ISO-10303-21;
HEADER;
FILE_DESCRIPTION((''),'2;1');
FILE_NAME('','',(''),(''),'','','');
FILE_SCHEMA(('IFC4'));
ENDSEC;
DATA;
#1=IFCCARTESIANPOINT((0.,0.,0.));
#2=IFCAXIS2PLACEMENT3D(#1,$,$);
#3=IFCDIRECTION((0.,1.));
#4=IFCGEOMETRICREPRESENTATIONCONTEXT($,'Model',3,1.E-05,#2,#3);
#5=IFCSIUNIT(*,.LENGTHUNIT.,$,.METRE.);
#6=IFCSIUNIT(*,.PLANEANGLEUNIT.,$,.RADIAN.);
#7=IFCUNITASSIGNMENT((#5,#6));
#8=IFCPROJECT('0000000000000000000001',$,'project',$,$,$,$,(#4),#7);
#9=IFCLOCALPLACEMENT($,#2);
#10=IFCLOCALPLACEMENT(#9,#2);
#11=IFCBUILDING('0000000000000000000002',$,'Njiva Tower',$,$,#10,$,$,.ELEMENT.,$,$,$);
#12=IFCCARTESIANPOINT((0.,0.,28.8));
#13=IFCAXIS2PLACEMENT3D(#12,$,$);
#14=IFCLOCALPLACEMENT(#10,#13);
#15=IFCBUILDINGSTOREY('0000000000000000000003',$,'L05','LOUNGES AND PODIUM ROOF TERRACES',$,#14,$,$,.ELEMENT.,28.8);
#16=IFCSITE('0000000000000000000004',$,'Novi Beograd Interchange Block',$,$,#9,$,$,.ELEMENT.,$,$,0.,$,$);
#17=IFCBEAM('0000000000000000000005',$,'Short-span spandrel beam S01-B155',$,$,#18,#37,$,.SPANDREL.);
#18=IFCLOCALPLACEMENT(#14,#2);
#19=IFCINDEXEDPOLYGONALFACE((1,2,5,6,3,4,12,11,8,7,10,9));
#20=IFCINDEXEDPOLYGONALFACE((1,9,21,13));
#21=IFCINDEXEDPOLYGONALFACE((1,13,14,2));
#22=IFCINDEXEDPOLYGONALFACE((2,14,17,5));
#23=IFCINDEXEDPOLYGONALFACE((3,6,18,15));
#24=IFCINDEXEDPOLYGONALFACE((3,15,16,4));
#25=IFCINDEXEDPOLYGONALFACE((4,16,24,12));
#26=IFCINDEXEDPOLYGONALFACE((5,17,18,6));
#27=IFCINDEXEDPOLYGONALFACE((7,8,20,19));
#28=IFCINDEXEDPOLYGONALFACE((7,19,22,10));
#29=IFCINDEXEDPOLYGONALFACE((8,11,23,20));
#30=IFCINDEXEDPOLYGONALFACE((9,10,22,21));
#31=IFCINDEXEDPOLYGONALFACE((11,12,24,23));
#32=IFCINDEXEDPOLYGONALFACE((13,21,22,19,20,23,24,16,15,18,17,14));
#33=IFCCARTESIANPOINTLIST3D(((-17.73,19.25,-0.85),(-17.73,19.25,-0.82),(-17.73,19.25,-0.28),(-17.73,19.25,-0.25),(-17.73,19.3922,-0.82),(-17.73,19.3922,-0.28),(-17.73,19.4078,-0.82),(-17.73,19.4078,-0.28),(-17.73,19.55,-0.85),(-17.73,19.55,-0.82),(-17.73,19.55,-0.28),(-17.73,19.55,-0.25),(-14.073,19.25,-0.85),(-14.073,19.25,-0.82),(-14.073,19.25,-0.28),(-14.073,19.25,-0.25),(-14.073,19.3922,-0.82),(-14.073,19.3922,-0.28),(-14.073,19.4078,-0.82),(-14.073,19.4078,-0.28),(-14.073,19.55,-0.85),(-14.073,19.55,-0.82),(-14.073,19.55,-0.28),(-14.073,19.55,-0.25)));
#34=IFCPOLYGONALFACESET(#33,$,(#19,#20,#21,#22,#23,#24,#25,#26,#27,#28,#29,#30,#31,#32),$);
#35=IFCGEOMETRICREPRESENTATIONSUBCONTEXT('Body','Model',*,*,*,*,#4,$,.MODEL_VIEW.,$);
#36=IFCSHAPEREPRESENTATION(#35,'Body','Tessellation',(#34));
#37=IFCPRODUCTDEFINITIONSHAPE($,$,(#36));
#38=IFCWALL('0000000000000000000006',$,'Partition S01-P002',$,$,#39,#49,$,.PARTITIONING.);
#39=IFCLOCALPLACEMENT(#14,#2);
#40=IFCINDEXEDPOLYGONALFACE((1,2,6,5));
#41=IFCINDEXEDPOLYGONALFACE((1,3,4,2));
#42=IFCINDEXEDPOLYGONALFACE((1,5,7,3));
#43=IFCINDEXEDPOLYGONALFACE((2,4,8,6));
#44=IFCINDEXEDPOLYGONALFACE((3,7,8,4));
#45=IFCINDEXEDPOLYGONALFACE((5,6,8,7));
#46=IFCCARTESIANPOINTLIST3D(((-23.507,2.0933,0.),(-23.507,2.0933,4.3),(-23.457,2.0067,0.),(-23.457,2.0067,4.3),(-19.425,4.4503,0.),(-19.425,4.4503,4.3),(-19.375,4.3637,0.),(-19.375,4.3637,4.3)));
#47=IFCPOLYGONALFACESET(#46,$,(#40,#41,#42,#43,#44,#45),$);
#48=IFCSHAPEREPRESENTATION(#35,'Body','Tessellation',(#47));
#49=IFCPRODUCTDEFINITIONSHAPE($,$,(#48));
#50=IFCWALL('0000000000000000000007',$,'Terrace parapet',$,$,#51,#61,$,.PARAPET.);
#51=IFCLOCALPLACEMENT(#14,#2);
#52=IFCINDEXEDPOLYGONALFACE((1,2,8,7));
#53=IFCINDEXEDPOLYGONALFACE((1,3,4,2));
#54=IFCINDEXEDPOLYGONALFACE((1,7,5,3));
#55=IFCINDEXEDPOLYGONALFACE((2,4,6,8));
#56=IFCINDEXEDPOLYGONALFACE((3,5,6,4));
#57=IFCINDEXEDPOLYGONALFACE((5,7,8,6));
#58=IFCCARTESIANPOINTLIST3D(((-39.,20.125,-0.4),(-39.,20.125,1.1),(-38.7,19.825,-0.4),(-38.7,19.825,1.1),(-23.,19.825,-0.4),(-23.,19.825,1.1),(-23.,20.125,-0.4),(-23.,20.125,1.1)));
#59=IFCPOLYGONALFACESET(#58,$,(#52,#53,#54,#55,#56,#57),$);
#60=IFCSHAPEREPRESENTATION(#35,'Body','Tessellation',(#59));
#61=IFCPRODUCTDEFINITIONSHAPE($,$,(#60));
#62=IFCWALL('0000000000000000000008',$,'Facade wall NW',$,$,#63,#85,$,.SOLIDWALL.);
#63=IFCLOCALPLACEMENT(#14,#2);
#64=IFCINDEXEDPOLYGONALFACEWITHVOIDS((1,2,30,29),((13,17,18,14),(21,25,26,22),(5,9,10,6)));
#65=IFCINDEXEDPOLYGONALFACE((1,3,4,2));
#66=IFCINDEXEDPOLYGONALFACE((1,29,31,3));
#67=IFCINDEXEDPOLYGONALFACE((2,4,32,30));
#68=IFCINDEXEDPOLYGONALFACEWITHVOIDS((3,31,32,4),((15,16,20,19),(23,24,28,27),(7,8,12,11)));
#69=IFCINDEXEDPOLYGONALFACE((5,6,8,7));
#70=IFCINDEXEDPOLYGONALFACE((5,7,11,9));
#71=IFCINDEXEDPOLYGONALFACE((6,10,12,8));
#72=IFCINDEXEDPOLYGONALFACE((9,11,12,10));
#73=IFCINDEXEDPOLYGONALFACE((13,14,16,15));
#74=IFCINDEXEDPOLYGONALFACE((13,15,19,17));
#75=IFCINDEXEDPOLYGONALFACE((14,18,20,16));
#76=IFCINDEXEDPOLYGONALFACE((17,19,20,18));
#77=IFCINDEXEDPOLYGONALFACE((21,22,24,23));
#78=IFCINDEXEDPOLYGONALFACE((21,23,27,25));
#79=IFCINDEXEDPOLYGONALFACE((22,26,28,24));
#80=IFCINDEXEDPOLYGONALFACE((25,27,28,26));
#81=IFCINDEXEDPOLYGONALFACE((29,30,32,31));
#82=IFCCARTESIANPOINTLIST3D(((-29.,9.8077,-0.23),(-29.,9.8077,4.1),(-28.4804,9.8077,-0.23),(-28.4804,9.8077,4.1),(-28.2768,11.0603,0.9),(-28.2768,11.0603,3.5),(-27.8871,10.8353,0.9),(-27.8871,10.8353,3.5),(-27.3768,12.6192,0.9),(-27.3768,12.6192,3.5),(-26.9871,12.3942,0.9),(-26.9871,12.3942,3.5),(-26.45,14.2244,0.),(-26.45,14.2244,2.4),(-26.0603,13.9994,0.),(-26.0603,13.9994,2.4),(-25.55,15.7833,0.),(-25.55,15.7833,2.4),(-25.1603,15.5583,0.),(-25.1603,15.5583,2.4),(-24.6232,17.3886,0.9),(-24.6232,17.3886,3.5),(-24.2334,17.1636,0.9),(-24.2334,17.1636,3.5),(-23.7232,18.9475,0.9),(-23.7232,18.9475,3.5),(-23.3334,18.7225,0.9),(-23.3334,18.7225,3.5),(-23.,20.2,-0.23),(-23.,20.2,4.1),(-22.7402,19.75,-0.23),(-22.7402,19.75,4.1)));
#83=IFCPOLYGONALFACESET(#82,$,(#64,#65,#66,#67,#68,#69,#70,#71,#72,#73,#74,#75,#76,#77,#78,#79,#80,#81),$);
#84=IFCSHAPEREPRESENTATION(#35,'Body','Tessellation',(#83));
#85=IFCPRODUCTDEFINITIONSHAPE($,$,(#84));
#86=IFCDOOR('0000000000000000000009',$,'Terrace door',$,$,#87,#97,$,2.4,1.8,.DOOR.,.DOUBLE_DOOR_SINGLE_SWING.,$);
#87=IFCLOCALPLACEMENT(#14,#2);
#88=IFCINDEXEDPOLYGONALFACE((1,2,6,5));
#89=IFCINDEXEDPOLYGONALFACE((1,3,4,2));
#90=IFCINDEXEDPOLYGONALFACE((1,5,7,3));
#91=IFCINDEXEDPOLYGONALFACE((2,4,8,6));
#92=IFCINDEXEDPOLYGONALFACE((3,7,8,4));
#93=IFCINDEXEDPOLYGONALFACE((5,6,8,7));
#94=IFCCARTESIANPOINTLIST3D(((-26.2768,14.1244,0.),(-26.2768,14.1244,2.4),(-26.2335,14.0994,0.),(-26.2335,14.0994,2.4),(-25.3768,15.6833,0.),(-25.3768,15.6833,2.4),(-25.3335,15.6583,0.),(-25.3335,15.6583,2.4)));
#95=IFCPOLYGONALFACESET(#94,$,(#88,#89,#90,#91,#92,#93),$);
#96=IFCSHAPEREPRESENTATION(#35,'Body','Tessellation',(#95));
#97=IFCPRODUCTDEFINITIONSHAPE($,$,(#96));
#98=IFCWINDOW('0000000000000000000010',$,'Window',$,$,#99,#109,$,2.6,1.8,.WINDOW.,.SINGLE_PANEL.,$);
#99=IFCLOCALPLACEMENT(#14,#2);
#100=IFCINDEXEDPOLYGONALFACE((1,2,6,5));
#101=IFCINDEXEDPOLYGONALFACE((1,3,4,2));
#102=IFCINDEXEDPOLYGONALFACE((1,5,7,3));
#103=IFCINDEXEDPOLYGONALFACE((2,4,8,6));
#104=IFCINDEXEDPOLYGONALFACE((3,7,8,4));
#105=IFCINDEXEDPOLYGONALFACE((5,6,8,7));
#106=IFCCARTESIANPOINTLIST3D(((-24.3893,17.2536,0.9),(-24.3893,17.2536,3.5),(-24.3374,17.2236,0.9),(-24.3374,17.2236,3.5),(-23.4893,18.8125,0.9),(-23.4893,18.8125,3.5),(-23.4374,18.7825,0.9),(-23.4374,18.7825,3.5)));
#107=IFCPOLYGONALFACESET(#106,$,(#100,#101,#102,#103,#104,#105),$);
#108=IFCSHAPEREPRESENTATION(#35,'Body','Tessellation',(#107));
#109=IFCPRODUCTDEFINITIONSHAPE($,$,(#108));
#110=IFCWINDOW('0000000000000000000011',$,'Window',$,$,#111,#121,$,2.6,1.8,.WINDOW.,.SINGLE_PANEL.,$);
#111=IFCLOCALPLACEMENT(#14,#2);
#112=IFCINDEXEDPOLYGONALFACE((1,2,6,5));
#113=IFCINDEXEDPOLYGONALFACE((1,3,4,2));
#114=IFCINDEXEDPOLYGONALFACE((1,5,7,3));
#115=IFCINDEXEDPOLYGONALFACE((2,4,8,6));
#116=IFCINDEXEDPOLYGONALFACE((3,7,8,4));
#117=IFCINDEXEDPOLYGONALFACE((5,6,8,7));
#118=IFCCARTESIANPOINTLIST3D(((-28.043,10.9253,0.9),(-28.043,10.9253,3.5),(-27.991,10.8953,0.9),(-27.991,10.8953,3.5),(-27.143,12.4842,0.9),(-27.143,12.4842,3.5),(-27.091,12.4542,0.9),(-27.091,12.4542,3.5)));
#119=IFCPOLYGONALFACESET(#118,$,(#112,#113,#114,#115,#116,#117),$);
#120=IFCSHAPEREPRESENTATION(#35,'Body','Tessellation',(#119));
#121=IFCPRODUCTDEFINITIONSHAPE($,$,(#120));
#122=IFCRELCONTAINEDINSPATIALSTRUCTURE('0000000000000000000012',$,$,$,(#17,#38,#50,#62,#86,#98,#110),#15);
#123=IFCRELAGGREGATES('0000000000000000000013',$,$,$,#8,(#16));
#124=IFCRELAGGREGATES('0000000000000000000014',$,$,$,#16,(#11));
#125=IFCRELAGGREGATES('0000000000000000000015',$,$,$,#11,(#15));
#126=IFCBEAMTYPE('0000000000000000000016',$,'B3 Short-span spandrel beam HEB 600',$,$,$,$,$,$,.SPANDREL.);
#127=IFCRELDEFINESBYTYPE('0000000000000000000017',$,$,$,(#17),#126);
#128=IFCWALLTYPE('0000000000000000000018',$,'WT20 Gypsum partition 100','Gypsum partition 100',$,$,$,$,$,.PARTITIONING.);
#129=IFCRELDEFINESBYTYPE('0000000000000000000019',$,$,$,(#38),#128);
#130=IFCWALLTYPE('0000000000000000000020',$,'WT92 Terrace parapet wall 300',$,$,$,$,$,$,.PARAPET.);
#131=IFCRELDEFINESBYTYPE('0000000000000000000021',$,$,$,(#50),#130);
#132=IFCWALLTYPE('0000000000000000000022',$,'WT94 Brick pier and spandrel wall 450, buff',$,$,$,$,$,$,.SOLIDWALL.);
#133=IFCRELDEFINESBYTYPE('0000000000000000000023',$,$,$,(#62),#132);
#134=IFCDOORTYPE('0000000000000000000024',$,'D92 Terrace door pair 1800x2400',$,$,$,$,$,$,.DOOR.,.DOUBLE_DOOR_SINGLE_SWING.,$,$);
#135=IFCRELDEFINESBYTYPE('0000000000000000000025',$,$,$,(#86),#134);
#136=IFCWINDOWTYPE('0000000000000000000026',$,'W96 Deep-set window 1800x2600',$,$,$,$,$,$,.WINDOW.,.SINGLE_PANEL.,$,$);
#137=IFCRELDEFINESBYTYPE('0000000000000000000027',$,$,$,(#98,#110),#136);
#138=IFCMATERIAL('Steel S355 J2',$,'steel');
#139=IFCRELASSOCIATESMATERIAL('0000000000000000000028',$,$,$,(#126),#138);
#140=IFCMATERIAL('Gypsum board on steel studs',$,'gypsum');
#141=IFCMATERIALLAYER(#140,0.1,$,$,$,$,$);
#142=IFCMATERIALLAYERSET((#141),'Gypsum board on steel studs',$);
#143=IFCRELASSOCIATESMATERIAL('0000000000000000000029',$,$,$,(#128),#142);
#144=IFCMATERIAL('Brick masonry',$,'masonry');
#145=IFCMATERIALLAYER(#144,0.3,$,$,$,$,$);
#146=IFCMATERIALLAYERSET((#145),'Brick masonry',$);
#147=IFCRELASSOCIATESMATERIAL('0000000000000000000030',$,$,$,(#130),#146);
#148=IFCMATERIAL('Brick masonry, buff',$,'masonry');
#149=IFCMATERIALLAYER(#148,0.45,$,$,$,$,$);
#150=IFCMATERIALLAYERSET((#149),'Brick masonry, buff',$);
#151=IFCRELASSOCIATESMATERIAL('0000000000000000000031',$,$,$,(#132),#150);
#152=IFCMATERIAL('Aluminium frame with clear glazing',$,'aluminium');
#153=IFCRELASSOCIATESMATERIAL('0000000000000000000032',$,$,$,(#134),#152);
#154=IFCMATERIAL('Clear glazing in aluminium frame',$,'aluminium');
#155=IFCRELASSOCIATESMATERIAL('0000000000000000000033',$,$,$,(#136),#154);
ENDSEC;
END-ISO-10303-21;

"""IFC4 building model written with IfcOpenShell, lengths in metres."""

from ifc_helpers import new_model, si_unit, direction, frame, frame_2d, origin, origin_2d, place, context, subcontext, project, spatial, polyline, rectangle, i_section, outline, extrude, material, layer, layer_set, material_profile, profile_set, type_object, element, fill, save


model = new_model("IFC4")

# Units and contexts
model_context = context("Model", 3, precision=1e-05, world=origin(), true_north=direction((0.0, 1.0)))
body_context = subcontext(model_context, "Body", "Model", "MODEL_VIEW")
ifc_project = project(units=[si_unit("LENGTHUNIT", "METRE"), si_unit("PLANEANGLEUNIT", "RADIAN")], contexts=[model_context])

# Site, building, storey
site_placement = place(None, origin())
site = spatial("IfcSite", under=ifc_project, at=site_placement, Name="Novi Beograd Interchange Block", CompositionType="ELEMENT", RefElevation=0.0)
building_placement = place(site_placement, origin())
building = spatial("IfcBuilding", under=site, at=building_placement, Name="Njiva Tower", CompositionType="ELEMENT")
storey_placement = place(building_placement, frame((0.0, 0.0, 28.8)))
storey = spatial("IfcBuildingStorey", under=building, at=storey_placement, Name="L05", Description="LOUNGES AND PODIUM ROOF TERRACES", CompositionType="ELEMENT", Elevation=28.8)

# Shared definitions
ifc_material_1 = material(Name="Steel S355 J2", Category="steel")

# Beam
ifc_material_profile_1 = material_profile(ifc_material_1, i_section(OverallWidth=0.3, OverallDepth=0.6, WebThickness=0.0155, FlangeThickness=0.03, at=origin_2d()), Name="HEB 600")
ifc_profile_set_1 = profile_set([ifc_material_profile_1], Name="Steel S355 J2")
beam_type_1 = type_object("IfcBeamType", Name="B3 Short-span spandrel beam HEB 600", PredefinedType="SPANDREL", material=ifc_profile_set_1)
beam_1_placement = place(storey_placement, frame((-17.73, 19.4, -0.55), z_axis=(1.0, 0.0, 0.0), x_axis=(0.0, 1.0, 0.0)))
element("IfcBeam", 1, at=beam_1_placement, inside=storey, type_object=beam_type_1, Name="Short-span spandrel beam S01-B155", PredefinedType="SPANDREL", context=body_context, shape_type="SweptSolid", body=[
    extrude(i_section(OverallWidth=0.3, OverallDepth=0.6, WebThickness=0.0155, FlangeThickness=0.03, at=origin_2d()), origin(), (0.0, 0.0, 1.0), 3.657),
])

# Walls
ifc_material_2 = material(Name="Gypsum board on steel studs", Category="gypsum")
ifc_layer_1 = layer(ifc_material_2, 0.1)
ifc_layer_set_1 = layer_set([ifc_layer_1], Name="Gypsum board on steel studs")
wall_type_1 = type_object("IfcWallType", Name="WT20 Gypsum partition 100", Description="Gypsum partition 100", PredefinedType="PARTITIONING", material=ifc_layer_set_1)
wall_1_placement = place(storey_placement, frame((-23.482, 2.05, 0.0), z_axis=(0.0, 0.0, 1.0), x_axis=(0.866002, 0.500041, 0.0)))
element("IfcWall", 2, at=wall_1_placement, inside=storey, type_object=wall_type_1, Name="Partition S01-P002", PredefinedType="PARTITIONING", context=body_context, shape_type="SweptSolid", body=[
    extrude(rectangle(XDim=4.7136, YDim=0.1, at=frame_2d((2.3568, 0.0))), origin(), (0.0, 0.0, 1.0), 4.3),
])
ifc_material_3 = material(Name="Brick masonry", Category="masonry")
ifc_layer_2 = layer(ifc_material_3, 0.3)
ifc_layer_set_2 = layer_set([ifc_layer_2], Name="Brick masonry")
wall_type_2 = type_object("IfcWallType", Name="WT92 Terrace parapet wall 300", PredefinedType="PARAPET", material=ifc_layer_set_2)
wall_2_placement = place(storey_placement, frame((-23.0, 19.975, -0.4), z_axis=(0.0, 0.0, 1.0), x_axis=(-1.0, 0.0, 0.0)))
element("IfcWall", 3, at=wall_2_placement, inside=storey, type_object=wall_type_2, Name="Terrace parapet", PredefinedType="PARAPET", context=body_context, shape_type="SweptSolid", body=[
    extrude(outline(polyline([(0.0, -0.15), (16.0, -0.15), (15.7, 0.15), (0.0, 0.15), (0.0, -0.15)])), origin(), (0.0, 0.0, 1.0), 1.5),
])

# Wall, openings, door, windows
ifc_material_4 = material(Name="Brick masonry, buff", Category="masonry")
ifc_layer_3 = layer(ifc_material_4, 0.45)
ifc_layer_set_3 = layer_set([ifc_layer_3], Name="Brick masonry, buff")
wall_type_3 = type_object("IfcWallType", Name="WT94 Brick pier and spandrel wall 450, buff", PredefinedType="SOLIDWALL", material=ifc_layer_set_3)
wall_3_placement = place(storey_placement, frame((-22.8701, 19.975, -0.23), z_axis=(0.0, 0.0, 1.0), x_axis=(-0.5, -0.866025, 0.0)))
wall_3 = element("IfcWall", 4, at=wall_3_placement, inside=storey, type_object=wall_type_3, Name="Facade wall NW", PredefinedType="SOLIDWALL", context=body_context, shape_type="SweptSolid", body=[
    extrude(outline(polyline([(-0.1299, -0.225), (11.8701, -0.225), (11.6103, 0.225), (0.1299, 0.225), (-0.1299, -0.225)])), origin(), (0.0, 0.0, 1.0), 4.33),
])
opening_1_placement = place(wall_3_placement, frame((1.3164, 0.0, 1.13)))
opening_1 = element("IfcOpeningElement", 5, at=opening_1_placement, cuts=wall_3, PredefinedType="OPENING", context=body_context, shape_type="SweptSolid", body=[
    extrude(rectangle(XDim=1.8, YDim=2.6, at=frame_2d((0.9, 1.3))), frame((0.0, 0.235, 0.0), z_axis=(0.0, -1.0, 0.0), x_axis=(1.0, 0.0, 0.0)), (0.0, 0.0, 1.0), 0.47),
])
opening_2_placement = place(wall_3_placement, frame((4.9701, 0.0, 0.23)))
opening_2 = element("IfcOpeningElement", 6, at=opening_2_placement, cuts=wall_3, PredefinedType="OPENING", context=body_context, shape_type="SweptSolid", body=[
    extrude(rectangle(XDim=1.8, YDim=2.4, at=frame_2d((0.9, 1.2))), frame((0.0, 0.235, 0.0), z_axis=(0.0, -1.0, 0.0), x_axis=(1.0, 0.0, 0.0)), (0.0, 0.0, 1.0), 0.47),
])
opening_3_placement = place(wall_3_placement, frame((8.6237, 0.0, 1.13)))
opening_3 = element("IfcOpeningElement", 7, at=opening_3_placement, cuts=wall_3, PredefinedType="OPENING", context=body_context, shape_type="SweptSolid", body=[
    extrude(rectangle(XDim=1.8, YDim=2.6, at=frame_2d((0.9, 1.3))), frame((0.0, 0.235, 0.0), z_axis=(0.0, -1.0, 0.0), x_axis=(1.0, 0.0, 0.0)), (0.0, 0.0, 1.0), 0.47),
])
ifc_material_5 = material(Name="Aluminium frame with clear glazing", Category="aluminium")
door_type = type_object("IfcDoorType", Name="D92 Terrace door pair 1800x2400", OperationType="DOUBLE_DOOR_SINGLE_SWING", PredefinedType="DOOR", material=ifc_material_5)
door_placement = place(opening_2_placement, frame((1.8, 0.0, 0.0), z_axis=(0.0, 0.0, 1.0), x_axis=(-1.0, 0.0, 0.0)))
door = element("IfcDoor", 8, at=door_placement, inside=storey, type_object=door_type, Name="Terrace door", OperationType="DOUBLE_DOOR_SINGLE_SWING", OverallHeight=2.4, OverallWidth=1.8, PredefinedType="DOOR", context=body_context, shape_type="SweptSolid", body=[
    extrude(rectangle(XDim=1.8, YDim=2.4, at=frame_2d((0.9, 1.2))), frame((0.0, 0.025, 0.0), z_axis=(0.0, -1.0, 0.0), x_axis=(1.0, 0.0, 0.0)), (0.0, 0.0, 1.0), 0.05),
])
fill(opening_2, door)
ifc_material_6 = material(Name="Clear glazing in aluminium frame", Category="aluminium")
window_type = type_object("IfcWindowType", Name="W96 Deep-set window 1800x2600", PartitioningType="SINGLE_PANEL", PredefinedType="WINDOW", material=ifc_material_6)
window_1_placement = place(opening_1_placement, origin())
window_1 = element("IfcWindow", 9, at=window_1_placement, inside=storey, type_object=window_type, Name="Window", OverallHeight=2.6, OverallWidth=1.8, PartitioningType="SINGLE_PANEL", PredefinedType="WINDOW", context=body_context, shape_type="SweptSolid", body=[
    extrude(rectangle(XDim=1.8, YDim=2.6, at=frame_2d((0.9, 1.3))), frame((0.0, 0.105, 0.0), z_axis=(0.0, -1.0, 0.0), x_axis=(1.0, 0.0, 0.0)), (0.0, 0.0, 1.0), 0.06),
])
fill(opening_1, window_1)
window_2_placement = place(opening_3_placement, origin())
window_2 = element("IfcWindow", 10, at=window_2_placement, inside=storey, type_object=window_type, Name="Window", OverallHeight=2.6, OverallWidth=1.8, PartitioningType="SINGLE_PANEL", PredefinedType="WINDOW", context=body_context, shape_type="SweptSolid", body=[
    extrude(rectangle(XDim=1.8, YDim=2.6, at=frame_2d((0.9, 1.3))), frame((0.0, 0.105, 0.0), z_axis=(0.0, -1.0, 0.0), x_axis=(1.0, 0.0, 0.0)), (0.0, 0.0, 1.0), 0.06),
])
fill(opening_3, window_2)

save(model, "model.ifc")
